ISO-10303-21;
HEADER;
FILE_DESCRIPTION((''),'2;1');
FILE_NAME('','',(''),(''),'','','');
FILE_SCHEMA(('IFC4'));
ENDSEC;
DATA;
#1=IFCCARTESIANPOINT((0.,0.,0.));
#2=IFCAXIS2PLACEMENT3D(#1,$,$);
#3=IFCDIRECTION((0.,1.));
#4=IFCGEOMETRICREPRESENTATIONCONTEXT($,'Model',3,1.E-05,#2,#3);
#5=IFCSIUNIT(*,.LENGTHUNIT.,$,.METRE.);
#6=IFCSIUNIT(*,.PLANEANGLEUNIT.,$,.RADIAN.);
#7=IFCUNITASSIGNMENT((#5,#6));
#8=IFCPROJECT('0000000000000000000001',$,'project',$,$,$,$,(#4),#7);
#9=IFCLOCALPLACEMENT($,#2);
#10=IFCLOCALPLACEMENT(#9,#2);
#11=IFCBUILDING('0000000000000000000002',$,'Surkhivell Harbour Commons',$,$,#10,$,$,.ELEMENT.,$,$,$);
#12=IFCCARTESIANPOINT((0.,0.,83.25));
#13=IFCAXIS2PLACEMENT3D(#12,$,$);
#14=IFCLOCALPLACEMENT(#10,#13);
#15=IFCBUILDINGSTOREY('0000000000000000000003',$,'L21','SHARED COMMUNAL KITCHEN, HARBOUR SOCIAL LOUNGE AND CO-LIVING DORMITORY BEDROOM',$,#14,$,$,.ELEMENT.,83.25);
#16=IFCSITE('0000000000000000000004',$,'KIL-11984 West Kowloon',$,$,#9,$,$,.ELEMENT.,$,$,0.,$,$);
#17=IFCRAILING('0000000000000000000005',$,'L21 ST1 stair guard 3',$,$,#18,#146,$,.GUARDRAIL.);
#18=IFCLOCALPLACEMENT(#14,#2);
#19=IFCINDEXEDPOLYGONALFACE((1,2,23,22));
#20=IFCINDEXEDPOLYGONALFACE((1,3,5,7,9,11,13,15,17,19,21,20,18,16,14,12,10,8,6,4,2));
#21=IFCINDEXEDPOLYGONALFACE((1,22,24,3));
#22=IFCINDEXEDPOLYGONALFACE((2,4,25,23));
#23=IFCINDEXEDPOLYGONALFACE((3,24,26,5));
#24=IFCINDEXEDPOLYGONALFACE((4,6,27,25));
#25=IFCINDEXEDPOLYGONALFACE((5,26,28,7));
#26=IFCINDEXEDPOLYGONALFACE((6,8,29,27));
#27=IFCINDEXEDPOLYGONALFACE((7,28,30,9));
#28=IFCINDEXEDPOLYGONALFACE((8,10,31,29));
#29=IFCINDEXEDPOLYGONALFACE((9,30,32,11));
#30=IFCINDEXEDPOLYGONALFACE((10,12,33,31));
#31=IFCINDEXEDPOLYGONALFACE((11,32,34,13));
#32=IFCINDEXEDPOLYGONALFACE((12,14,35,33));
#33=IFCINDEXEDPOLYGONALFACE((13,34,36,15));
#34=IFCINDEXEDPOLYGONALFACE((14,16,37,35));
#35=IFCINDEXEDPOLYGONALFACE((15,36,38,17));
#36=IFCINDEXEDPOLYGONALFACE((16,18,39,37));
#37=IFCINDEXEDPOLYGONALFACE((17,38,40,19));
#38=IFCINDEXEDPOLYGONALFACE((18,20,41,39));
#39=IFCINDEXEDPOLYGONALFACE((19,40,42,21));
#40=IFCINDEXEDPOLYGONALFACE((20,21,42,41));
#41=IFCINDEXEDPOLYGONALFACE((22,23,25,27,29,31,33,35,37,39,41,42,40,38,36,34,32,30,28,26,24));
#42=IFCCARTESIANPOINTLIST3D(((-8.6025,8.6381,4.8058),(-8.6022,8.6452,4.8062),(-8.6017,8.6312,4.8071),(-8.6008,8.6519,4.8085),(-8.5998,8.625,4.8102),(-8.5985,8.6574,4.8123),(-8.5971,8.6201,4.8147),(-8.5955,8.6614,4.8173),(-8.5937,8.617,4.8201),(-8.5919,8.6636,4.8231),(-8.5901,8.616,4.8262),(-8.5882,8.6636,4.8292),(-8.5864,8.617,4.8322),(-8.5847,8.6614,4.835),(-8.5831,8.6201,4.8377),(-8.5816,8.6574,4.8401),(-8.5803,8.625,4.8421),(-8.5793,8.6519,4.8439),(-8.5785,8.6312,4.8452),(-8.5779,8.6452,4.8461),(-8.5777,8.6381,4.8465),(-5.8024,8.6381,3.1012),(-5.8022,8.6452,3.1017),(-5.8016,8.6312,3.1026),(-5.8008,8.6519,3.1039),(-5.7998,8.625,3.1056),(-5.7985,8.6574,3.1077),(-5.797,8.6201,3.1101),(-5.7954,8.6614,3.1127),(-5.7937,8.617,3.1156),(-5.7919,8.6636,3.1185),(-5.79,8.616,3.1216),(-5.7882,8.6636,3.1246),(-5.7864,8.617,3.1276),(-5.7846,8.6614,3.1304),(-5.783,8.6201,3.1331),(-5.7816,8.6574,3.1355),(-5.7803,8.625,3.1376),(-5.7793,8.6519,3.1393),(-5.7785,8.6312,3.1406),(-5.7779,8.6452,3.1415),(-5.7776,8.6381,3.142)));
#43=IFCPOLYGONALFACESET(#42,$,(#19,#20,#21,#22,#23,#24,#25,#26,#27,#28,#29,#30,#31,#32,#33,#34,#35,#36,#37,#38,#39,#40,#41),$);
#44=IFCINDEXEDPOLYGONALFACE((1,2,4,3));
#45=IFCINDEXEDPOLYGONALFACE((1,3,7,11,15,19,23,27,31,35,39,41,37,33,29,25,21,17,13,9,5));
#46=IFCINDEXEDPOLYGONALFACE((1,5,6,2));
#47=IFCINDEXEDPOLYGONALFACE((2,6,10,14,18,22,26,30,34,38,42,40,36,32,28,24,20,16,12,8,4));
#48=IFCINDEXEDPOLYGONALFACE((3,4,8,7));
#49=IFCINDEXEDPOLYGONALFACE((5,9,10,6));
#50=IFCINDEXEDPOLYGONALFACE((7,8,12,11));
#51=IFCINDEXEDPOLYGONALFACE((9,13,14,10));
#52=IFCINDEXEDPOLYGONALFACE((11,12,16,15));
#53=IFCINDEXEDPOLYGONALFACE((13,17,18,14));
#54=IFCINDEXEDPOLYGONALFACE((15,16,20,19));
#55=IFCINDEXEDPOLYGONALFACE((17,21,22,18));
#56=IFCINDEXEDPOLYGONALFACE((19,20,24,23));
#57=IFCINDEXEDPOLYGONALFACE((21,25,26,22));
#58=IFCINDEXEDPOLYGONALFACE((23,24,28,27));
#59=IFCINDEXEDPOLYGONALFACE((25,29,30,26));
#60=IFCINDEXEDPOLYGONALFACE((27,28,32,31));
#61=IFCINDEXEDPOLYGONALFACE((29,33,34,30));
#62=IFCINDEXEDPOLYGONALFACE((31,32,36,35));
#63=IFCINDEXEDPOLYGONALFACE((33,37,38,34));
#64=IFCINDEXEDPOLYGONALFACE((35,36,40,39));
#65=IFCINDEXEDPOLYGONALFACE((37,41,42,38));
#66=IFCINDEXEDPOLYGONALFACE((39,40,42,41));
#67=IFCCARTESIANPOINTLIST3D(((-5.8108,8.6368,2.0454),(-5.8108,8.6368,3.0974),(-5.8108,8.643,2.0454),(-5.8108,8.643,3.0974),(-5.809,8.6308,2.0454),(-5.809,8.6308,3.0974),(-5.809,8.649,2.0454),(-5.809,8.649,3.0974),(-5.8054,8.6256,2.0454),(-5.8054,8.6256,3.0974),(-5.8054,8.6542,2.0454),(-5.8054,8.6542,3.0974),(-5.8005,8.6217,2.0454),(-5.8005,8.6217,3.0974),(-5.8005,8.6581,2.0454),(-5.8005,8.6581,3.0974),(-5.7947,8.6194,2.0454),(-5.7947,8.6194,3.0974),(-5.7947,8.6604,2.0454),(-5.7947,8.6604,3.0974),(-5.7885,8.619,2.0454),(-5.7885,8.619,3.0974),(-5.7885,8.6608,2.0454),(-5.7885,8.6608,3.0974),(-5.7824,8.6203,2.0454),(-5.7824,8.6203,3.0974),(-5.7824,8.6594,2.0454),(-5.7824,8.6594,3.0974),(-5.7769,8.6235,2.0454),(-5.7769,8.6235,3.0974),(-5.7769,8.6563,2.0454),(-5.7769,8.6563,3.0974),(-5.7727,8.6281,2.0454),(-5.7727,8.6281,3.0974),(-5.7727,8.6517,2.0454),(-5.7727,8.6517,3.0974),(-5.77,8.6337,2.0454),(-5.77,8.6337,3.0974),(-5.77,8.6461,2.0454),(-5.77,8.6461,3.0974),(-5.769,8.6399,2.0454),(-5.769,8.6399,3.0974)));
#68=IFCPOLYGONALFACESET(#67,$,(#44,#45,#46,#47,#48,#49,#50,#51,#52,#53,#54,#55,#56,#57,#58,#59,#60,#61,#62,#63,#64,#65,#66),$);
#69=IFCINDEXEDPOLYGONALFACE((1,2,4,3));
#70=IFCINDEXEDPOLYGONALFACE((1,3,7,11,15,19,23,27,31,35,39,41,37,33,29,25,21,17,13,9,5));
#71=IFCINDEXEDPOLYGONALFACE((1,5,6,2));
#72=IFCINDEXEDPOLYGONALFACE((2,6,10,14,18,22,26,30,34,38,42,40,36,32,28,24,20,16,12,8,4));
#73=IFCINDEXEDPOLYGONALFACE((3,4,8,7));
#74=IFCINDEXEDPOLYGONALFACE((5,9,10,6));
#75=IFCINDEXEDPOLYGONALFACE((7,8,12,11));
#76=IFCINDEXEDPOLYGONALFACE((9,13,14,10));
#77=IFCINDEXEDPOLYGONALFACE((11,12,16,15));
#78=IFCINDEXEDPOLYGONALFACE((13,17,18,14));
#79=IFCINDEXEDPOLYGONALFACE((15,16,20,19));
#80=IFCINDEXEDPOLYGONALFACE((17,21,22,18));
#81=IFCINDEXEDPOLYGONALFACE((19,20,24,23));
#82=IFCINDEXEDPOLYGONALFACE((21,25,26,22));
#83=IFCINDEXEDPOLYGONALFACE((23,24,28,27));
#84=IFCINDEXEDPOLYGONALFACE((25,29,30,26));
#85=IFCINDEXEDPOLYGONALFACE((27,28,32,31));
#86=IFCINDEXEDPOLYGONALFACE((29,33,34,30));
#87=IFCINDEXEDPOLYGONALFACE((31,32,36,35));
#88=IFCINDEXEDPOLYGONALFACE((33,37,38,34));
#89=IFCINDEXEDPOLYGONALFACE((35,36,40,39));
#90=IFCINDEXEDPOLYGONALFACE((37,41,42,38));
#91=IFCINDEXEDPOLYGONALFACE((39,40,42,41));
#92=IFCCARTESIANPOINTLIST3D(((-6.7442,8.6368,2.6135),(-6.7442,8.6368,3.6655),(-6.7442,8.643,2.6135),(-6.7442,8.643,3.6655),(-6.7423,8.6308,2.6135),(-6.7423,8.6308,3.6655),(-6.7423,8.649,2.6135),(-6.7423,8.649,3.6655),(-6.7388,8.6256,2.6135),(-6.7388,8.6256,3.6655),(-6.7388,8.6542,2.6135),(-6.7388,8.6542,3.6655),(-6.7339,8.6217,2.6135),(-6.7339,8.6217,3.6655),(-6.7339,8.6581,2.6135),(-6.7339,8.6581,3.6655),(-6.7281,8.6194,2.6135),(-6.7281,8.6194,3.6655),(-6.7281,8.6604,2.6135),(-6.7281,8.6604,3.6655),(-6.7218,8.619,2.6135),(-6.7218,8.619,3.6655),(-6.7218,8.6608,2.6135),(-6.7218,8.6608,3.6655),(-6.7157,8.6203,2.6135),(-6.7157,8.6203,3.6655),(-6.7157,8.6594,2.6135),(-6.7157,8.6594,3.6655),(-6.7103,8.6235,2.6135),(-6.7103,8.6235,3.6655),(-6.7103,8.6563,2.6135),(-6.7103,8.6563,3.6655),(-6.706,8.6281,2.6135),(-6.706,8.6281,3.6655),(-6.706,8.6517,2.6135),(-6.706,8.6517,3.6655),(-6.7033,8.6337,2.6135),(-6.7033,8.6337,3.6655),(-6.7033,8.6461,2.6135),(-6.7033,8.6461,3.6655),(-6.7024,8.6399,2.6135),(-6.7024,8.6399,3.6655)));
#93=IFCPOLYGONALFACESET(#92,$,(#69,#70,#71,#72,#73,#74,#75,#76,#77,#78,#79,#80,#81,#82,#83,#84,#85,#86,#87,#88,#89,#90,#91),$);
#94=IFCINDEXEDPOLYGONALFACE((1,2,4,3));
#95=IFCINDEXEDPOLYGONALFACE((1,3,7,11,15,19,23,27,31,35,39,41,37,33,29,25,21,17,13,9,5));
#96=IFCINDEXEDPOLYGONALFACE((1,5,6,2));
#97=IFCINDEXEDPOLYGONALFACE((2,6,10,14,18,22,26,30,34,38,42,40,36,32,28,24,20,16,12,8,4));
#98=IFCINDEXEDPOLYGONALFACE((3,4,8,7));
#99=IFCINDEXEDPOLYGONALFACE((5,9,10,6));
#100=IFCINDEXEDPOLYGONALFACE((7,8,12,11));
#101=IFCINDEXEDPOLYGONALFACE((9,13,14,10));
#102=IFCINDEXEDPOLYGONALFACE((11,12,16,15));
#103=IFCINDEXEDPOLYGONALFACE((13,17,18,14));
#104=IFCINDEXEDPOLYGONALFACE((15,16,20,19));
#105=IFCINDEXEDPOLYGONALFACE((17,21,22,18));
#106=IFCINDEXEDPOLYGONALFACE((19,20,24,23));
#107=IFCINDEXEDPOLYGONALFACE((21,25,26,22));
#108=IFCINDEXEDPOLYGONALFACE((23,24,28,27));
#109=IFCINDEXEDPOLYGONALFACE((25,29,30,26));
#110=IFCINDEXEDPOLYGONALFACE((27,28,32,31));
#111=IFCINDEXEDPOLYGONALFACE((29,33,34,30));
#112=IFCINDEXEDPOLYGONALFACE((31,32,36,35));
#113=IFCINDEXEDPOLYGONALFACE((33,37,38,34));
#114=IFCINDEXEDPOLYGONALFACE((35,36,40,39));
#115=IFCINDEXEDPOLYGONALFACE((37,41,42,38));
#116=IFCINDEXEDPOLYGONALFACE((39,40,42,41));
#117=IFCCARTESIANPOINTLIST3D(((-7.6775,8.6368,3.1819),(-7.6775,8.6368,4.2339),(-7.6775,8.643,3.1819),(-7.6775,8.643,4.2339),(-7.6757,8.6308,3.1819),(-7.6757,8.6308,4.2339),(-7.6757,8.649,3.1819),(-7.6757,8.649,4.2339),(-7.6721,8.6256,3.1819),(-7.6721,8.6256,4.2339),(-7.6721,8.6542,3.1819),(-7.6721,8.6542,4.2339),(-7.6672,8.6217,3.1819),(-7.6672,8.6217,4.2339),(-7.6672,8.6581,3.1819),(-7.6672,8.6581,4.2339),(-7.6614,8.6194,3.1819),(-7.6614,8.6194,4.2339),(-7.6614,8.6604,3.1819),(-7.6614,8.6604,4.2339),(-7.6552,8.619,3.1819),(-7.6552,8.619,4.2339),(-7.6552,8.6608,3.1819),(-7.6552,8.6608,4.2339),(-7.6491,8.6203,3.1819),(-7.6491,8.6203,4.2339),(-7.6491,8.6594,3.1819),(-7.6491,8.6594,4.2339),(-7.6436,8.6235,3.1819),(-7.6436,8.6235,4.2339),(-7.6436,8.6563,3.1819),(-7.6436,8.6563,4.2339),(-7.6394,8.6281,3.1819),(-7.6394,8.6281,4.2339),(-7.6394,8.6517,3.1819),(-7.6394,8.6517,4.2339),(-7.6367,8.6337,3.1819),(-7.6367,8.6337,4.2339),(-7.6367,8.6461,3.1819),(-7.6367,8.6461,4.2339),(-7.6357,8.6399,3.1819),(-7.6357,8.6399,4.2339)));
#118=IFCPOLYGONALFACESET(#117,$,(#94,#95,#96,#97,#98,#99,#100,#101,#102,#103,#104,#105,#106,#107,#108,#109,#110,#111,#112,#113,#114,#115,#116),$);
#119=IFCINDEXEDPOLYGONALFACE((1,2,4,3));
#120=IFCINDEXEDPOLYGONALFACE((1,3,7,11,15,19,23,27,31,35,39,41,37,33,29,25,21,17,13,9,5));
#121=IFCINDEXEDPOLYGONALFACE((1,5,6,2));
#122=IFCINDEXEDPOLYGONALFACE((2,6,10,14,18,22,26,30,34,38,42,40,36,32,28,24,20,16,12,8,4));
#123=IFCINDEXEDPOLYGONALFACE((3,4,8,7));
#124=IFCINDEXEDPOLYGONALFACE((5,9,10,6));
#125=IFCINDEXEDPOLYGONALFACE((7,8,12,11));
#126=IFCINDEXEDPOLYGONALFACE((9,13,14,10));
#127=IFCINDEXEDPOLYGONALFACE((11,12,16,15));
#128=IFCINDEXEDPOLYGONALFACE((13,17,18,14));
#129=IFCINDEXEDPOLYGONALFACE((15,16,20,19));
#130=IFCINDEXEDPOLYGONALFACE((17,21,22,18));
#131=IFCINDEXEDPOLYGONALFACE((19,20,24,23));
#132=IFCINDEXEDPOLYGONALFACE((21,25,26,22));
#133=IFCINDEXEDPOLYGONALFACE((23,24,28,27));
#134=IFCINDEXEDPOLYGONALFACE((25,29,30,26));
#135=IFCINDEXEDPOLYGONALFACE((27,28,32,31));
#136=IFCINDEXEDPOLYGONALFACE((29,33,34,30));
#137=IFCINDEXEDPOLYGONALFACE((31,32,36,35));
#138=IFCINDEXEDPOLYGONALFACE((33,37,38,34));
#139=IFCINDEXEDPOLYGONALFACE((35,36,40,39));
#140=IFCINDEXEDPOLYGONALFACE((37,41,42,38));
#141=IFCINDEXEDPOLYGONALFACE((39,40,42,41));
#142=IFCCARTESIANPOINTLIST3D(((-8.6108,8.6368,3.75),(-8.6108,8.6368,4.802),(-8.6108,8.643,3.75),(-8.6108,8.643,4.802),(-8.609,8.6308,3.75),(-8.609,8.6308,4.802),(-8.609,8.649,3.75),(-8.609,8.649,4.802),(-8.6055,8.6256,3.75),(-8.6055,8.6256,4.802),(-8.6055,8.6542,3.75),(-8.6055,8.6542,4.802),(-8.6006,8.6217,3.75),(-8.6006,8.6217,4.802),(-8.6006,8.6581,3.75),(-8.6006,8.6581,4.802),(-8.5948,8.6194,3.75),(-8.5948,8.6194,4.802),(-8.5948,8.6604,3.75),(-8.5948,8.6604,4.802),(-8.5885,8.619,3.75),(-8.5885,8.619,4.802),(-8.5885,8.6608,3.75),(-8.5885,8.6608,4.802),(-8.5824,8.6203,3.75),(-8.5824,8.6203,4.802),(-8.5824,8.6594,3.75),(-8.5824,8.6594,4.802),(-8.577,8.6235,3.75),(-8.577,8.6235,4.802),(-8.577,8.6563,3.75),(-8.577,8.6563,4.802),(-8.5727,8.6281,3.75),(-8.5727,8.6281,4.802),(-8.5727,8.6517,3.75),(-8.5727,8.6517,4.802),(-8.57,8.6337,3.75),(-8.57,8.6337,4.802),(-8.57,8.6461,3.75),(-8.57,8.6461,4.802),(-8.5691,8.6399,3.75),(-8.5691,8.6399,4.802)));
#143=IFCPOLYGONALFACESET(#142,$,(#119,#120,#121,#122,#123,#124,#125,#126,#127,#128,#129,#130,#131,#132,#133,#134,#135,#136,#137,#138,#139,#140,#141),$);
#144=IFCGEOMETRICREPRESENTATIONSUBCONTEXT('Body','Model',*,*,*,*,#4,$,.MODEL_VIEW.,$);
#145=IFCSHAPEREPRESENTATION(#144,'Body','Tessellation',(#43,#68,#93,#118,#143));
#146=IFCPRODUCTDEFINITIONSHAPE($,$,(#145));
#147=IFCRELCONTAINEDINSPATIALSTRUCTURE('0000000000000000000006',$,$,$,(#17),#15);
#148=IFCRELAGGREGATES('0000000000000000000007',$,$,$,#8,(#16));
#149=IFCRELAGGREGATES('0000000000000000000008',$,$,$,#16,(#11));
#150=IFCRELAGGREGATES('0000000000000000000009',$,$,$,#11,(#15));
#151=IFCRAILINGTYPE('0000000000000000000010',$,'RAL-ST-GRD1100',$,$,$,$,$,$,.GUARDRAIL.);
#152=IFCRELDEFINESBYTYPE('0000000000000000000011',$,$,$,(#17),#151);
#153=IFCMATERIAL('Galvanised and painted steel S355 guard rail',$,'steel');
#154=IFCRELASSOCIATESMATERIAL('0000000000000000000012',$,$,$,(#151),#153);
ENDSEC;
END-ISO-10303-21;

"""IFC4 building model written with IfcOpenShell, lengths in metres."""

from ifc_helpers import new_model, si_unit, direction, frame, origin, origin_2d, place, context, subcontext, project, spatial, circle, extrude, material, type_object, element, save


model = new_model("IFC4")

# Units and contexts
model_context = context("Model", 3, precision=1e-05, world=origin(), true_north=direction((0.0, 1.0)))
body_context = subcontext(model_context, "Body", "Model", "MODEL_VIEW")
ifc_project = project(units=[si_unit("LENGTHUNIT", "METRE"), si_unit("PLANEANGLEUNIT", "RADIAN")], contexts=[model_context])

# Site, building, storey
site_placement = place(None, origin())
site = spatial("IfcSite", under=ifc_project, at=site_placement, Name="KIL-11984 West Kowloon", CompositionType="ELEMENT", RefElevation=0.0)
building_placement = place(site_placement, origin())
building = spatial("IfcBuilding", under=site, at=building_placement, Name="Surkhivell Harbour Commons", CompositionType="ELEMENT")
storey_placement = place(building_placement, frame((0.0, 0.0, 83.25)))
storey = spatial("IfcBuildingStorey", under=building, at=storey_placement, Name="L21", Description="SHARED COMMUNAL KITCHEN, HARBOUR SOCIAL LOUNGE AND CO-LIVING DORMITORY BEDROOM", CompositionType="ELEMENT", Elevation=83.25)

# Railing
ifc_material_1 = material(Name="Galvanised and painted steel S355 guard rail", Category="steel")
railing_type_1 = type_object("IfcRailingType", Name="RAL-ST-GRD1100", PredefinedType="GUARDRAIL", material=ifc_material_1)
railing_1_placement = place(storey_placement, frame((-5.79, 8.6399, 2.0454)))
element("IfcRailing", 1, at=railing_1_placement, inside=storey, type_object=railing_type_1, Name="L21 ST1 stair guard 3", PredefinedType="GUARDRAIL", context=body_context, shape_type="SweptSolid", body=[
    extrude(circle(Radius=0.0239, at=origin_2d()), frame((0.0, 0.0, 1.0762), z_axis=(-0.85417, 0.0, 0.519994), x_axis=(0.0, -1.0, 0.0)), (0.0, 0.0, 1.0), 3.2781),
    extrude(circle(Radius=0.021, at=origin_2d()), origin(), (0.0, 0.0, 1.0), 1.052),
    extrude(circle(Radius=0.021, at=origin_2d()), frame((-0.9333, 0.0, 0.5681)), (0.0, 0.0, 1.0), 1.052),
    extrude(circle(Radius=0.021, at=origin_2d()), frame((-1.8667, 0.0, 1.1365)), (0.0, 0.0, 1.0), 1.052),
    extrude(circle(Radius=0.021, at=origin_2d()), frame((-2.8, 0.0, 1.7046)), (0.0, 0.0, 1.0), 1.052),
])

save(model, "model.ifc")
